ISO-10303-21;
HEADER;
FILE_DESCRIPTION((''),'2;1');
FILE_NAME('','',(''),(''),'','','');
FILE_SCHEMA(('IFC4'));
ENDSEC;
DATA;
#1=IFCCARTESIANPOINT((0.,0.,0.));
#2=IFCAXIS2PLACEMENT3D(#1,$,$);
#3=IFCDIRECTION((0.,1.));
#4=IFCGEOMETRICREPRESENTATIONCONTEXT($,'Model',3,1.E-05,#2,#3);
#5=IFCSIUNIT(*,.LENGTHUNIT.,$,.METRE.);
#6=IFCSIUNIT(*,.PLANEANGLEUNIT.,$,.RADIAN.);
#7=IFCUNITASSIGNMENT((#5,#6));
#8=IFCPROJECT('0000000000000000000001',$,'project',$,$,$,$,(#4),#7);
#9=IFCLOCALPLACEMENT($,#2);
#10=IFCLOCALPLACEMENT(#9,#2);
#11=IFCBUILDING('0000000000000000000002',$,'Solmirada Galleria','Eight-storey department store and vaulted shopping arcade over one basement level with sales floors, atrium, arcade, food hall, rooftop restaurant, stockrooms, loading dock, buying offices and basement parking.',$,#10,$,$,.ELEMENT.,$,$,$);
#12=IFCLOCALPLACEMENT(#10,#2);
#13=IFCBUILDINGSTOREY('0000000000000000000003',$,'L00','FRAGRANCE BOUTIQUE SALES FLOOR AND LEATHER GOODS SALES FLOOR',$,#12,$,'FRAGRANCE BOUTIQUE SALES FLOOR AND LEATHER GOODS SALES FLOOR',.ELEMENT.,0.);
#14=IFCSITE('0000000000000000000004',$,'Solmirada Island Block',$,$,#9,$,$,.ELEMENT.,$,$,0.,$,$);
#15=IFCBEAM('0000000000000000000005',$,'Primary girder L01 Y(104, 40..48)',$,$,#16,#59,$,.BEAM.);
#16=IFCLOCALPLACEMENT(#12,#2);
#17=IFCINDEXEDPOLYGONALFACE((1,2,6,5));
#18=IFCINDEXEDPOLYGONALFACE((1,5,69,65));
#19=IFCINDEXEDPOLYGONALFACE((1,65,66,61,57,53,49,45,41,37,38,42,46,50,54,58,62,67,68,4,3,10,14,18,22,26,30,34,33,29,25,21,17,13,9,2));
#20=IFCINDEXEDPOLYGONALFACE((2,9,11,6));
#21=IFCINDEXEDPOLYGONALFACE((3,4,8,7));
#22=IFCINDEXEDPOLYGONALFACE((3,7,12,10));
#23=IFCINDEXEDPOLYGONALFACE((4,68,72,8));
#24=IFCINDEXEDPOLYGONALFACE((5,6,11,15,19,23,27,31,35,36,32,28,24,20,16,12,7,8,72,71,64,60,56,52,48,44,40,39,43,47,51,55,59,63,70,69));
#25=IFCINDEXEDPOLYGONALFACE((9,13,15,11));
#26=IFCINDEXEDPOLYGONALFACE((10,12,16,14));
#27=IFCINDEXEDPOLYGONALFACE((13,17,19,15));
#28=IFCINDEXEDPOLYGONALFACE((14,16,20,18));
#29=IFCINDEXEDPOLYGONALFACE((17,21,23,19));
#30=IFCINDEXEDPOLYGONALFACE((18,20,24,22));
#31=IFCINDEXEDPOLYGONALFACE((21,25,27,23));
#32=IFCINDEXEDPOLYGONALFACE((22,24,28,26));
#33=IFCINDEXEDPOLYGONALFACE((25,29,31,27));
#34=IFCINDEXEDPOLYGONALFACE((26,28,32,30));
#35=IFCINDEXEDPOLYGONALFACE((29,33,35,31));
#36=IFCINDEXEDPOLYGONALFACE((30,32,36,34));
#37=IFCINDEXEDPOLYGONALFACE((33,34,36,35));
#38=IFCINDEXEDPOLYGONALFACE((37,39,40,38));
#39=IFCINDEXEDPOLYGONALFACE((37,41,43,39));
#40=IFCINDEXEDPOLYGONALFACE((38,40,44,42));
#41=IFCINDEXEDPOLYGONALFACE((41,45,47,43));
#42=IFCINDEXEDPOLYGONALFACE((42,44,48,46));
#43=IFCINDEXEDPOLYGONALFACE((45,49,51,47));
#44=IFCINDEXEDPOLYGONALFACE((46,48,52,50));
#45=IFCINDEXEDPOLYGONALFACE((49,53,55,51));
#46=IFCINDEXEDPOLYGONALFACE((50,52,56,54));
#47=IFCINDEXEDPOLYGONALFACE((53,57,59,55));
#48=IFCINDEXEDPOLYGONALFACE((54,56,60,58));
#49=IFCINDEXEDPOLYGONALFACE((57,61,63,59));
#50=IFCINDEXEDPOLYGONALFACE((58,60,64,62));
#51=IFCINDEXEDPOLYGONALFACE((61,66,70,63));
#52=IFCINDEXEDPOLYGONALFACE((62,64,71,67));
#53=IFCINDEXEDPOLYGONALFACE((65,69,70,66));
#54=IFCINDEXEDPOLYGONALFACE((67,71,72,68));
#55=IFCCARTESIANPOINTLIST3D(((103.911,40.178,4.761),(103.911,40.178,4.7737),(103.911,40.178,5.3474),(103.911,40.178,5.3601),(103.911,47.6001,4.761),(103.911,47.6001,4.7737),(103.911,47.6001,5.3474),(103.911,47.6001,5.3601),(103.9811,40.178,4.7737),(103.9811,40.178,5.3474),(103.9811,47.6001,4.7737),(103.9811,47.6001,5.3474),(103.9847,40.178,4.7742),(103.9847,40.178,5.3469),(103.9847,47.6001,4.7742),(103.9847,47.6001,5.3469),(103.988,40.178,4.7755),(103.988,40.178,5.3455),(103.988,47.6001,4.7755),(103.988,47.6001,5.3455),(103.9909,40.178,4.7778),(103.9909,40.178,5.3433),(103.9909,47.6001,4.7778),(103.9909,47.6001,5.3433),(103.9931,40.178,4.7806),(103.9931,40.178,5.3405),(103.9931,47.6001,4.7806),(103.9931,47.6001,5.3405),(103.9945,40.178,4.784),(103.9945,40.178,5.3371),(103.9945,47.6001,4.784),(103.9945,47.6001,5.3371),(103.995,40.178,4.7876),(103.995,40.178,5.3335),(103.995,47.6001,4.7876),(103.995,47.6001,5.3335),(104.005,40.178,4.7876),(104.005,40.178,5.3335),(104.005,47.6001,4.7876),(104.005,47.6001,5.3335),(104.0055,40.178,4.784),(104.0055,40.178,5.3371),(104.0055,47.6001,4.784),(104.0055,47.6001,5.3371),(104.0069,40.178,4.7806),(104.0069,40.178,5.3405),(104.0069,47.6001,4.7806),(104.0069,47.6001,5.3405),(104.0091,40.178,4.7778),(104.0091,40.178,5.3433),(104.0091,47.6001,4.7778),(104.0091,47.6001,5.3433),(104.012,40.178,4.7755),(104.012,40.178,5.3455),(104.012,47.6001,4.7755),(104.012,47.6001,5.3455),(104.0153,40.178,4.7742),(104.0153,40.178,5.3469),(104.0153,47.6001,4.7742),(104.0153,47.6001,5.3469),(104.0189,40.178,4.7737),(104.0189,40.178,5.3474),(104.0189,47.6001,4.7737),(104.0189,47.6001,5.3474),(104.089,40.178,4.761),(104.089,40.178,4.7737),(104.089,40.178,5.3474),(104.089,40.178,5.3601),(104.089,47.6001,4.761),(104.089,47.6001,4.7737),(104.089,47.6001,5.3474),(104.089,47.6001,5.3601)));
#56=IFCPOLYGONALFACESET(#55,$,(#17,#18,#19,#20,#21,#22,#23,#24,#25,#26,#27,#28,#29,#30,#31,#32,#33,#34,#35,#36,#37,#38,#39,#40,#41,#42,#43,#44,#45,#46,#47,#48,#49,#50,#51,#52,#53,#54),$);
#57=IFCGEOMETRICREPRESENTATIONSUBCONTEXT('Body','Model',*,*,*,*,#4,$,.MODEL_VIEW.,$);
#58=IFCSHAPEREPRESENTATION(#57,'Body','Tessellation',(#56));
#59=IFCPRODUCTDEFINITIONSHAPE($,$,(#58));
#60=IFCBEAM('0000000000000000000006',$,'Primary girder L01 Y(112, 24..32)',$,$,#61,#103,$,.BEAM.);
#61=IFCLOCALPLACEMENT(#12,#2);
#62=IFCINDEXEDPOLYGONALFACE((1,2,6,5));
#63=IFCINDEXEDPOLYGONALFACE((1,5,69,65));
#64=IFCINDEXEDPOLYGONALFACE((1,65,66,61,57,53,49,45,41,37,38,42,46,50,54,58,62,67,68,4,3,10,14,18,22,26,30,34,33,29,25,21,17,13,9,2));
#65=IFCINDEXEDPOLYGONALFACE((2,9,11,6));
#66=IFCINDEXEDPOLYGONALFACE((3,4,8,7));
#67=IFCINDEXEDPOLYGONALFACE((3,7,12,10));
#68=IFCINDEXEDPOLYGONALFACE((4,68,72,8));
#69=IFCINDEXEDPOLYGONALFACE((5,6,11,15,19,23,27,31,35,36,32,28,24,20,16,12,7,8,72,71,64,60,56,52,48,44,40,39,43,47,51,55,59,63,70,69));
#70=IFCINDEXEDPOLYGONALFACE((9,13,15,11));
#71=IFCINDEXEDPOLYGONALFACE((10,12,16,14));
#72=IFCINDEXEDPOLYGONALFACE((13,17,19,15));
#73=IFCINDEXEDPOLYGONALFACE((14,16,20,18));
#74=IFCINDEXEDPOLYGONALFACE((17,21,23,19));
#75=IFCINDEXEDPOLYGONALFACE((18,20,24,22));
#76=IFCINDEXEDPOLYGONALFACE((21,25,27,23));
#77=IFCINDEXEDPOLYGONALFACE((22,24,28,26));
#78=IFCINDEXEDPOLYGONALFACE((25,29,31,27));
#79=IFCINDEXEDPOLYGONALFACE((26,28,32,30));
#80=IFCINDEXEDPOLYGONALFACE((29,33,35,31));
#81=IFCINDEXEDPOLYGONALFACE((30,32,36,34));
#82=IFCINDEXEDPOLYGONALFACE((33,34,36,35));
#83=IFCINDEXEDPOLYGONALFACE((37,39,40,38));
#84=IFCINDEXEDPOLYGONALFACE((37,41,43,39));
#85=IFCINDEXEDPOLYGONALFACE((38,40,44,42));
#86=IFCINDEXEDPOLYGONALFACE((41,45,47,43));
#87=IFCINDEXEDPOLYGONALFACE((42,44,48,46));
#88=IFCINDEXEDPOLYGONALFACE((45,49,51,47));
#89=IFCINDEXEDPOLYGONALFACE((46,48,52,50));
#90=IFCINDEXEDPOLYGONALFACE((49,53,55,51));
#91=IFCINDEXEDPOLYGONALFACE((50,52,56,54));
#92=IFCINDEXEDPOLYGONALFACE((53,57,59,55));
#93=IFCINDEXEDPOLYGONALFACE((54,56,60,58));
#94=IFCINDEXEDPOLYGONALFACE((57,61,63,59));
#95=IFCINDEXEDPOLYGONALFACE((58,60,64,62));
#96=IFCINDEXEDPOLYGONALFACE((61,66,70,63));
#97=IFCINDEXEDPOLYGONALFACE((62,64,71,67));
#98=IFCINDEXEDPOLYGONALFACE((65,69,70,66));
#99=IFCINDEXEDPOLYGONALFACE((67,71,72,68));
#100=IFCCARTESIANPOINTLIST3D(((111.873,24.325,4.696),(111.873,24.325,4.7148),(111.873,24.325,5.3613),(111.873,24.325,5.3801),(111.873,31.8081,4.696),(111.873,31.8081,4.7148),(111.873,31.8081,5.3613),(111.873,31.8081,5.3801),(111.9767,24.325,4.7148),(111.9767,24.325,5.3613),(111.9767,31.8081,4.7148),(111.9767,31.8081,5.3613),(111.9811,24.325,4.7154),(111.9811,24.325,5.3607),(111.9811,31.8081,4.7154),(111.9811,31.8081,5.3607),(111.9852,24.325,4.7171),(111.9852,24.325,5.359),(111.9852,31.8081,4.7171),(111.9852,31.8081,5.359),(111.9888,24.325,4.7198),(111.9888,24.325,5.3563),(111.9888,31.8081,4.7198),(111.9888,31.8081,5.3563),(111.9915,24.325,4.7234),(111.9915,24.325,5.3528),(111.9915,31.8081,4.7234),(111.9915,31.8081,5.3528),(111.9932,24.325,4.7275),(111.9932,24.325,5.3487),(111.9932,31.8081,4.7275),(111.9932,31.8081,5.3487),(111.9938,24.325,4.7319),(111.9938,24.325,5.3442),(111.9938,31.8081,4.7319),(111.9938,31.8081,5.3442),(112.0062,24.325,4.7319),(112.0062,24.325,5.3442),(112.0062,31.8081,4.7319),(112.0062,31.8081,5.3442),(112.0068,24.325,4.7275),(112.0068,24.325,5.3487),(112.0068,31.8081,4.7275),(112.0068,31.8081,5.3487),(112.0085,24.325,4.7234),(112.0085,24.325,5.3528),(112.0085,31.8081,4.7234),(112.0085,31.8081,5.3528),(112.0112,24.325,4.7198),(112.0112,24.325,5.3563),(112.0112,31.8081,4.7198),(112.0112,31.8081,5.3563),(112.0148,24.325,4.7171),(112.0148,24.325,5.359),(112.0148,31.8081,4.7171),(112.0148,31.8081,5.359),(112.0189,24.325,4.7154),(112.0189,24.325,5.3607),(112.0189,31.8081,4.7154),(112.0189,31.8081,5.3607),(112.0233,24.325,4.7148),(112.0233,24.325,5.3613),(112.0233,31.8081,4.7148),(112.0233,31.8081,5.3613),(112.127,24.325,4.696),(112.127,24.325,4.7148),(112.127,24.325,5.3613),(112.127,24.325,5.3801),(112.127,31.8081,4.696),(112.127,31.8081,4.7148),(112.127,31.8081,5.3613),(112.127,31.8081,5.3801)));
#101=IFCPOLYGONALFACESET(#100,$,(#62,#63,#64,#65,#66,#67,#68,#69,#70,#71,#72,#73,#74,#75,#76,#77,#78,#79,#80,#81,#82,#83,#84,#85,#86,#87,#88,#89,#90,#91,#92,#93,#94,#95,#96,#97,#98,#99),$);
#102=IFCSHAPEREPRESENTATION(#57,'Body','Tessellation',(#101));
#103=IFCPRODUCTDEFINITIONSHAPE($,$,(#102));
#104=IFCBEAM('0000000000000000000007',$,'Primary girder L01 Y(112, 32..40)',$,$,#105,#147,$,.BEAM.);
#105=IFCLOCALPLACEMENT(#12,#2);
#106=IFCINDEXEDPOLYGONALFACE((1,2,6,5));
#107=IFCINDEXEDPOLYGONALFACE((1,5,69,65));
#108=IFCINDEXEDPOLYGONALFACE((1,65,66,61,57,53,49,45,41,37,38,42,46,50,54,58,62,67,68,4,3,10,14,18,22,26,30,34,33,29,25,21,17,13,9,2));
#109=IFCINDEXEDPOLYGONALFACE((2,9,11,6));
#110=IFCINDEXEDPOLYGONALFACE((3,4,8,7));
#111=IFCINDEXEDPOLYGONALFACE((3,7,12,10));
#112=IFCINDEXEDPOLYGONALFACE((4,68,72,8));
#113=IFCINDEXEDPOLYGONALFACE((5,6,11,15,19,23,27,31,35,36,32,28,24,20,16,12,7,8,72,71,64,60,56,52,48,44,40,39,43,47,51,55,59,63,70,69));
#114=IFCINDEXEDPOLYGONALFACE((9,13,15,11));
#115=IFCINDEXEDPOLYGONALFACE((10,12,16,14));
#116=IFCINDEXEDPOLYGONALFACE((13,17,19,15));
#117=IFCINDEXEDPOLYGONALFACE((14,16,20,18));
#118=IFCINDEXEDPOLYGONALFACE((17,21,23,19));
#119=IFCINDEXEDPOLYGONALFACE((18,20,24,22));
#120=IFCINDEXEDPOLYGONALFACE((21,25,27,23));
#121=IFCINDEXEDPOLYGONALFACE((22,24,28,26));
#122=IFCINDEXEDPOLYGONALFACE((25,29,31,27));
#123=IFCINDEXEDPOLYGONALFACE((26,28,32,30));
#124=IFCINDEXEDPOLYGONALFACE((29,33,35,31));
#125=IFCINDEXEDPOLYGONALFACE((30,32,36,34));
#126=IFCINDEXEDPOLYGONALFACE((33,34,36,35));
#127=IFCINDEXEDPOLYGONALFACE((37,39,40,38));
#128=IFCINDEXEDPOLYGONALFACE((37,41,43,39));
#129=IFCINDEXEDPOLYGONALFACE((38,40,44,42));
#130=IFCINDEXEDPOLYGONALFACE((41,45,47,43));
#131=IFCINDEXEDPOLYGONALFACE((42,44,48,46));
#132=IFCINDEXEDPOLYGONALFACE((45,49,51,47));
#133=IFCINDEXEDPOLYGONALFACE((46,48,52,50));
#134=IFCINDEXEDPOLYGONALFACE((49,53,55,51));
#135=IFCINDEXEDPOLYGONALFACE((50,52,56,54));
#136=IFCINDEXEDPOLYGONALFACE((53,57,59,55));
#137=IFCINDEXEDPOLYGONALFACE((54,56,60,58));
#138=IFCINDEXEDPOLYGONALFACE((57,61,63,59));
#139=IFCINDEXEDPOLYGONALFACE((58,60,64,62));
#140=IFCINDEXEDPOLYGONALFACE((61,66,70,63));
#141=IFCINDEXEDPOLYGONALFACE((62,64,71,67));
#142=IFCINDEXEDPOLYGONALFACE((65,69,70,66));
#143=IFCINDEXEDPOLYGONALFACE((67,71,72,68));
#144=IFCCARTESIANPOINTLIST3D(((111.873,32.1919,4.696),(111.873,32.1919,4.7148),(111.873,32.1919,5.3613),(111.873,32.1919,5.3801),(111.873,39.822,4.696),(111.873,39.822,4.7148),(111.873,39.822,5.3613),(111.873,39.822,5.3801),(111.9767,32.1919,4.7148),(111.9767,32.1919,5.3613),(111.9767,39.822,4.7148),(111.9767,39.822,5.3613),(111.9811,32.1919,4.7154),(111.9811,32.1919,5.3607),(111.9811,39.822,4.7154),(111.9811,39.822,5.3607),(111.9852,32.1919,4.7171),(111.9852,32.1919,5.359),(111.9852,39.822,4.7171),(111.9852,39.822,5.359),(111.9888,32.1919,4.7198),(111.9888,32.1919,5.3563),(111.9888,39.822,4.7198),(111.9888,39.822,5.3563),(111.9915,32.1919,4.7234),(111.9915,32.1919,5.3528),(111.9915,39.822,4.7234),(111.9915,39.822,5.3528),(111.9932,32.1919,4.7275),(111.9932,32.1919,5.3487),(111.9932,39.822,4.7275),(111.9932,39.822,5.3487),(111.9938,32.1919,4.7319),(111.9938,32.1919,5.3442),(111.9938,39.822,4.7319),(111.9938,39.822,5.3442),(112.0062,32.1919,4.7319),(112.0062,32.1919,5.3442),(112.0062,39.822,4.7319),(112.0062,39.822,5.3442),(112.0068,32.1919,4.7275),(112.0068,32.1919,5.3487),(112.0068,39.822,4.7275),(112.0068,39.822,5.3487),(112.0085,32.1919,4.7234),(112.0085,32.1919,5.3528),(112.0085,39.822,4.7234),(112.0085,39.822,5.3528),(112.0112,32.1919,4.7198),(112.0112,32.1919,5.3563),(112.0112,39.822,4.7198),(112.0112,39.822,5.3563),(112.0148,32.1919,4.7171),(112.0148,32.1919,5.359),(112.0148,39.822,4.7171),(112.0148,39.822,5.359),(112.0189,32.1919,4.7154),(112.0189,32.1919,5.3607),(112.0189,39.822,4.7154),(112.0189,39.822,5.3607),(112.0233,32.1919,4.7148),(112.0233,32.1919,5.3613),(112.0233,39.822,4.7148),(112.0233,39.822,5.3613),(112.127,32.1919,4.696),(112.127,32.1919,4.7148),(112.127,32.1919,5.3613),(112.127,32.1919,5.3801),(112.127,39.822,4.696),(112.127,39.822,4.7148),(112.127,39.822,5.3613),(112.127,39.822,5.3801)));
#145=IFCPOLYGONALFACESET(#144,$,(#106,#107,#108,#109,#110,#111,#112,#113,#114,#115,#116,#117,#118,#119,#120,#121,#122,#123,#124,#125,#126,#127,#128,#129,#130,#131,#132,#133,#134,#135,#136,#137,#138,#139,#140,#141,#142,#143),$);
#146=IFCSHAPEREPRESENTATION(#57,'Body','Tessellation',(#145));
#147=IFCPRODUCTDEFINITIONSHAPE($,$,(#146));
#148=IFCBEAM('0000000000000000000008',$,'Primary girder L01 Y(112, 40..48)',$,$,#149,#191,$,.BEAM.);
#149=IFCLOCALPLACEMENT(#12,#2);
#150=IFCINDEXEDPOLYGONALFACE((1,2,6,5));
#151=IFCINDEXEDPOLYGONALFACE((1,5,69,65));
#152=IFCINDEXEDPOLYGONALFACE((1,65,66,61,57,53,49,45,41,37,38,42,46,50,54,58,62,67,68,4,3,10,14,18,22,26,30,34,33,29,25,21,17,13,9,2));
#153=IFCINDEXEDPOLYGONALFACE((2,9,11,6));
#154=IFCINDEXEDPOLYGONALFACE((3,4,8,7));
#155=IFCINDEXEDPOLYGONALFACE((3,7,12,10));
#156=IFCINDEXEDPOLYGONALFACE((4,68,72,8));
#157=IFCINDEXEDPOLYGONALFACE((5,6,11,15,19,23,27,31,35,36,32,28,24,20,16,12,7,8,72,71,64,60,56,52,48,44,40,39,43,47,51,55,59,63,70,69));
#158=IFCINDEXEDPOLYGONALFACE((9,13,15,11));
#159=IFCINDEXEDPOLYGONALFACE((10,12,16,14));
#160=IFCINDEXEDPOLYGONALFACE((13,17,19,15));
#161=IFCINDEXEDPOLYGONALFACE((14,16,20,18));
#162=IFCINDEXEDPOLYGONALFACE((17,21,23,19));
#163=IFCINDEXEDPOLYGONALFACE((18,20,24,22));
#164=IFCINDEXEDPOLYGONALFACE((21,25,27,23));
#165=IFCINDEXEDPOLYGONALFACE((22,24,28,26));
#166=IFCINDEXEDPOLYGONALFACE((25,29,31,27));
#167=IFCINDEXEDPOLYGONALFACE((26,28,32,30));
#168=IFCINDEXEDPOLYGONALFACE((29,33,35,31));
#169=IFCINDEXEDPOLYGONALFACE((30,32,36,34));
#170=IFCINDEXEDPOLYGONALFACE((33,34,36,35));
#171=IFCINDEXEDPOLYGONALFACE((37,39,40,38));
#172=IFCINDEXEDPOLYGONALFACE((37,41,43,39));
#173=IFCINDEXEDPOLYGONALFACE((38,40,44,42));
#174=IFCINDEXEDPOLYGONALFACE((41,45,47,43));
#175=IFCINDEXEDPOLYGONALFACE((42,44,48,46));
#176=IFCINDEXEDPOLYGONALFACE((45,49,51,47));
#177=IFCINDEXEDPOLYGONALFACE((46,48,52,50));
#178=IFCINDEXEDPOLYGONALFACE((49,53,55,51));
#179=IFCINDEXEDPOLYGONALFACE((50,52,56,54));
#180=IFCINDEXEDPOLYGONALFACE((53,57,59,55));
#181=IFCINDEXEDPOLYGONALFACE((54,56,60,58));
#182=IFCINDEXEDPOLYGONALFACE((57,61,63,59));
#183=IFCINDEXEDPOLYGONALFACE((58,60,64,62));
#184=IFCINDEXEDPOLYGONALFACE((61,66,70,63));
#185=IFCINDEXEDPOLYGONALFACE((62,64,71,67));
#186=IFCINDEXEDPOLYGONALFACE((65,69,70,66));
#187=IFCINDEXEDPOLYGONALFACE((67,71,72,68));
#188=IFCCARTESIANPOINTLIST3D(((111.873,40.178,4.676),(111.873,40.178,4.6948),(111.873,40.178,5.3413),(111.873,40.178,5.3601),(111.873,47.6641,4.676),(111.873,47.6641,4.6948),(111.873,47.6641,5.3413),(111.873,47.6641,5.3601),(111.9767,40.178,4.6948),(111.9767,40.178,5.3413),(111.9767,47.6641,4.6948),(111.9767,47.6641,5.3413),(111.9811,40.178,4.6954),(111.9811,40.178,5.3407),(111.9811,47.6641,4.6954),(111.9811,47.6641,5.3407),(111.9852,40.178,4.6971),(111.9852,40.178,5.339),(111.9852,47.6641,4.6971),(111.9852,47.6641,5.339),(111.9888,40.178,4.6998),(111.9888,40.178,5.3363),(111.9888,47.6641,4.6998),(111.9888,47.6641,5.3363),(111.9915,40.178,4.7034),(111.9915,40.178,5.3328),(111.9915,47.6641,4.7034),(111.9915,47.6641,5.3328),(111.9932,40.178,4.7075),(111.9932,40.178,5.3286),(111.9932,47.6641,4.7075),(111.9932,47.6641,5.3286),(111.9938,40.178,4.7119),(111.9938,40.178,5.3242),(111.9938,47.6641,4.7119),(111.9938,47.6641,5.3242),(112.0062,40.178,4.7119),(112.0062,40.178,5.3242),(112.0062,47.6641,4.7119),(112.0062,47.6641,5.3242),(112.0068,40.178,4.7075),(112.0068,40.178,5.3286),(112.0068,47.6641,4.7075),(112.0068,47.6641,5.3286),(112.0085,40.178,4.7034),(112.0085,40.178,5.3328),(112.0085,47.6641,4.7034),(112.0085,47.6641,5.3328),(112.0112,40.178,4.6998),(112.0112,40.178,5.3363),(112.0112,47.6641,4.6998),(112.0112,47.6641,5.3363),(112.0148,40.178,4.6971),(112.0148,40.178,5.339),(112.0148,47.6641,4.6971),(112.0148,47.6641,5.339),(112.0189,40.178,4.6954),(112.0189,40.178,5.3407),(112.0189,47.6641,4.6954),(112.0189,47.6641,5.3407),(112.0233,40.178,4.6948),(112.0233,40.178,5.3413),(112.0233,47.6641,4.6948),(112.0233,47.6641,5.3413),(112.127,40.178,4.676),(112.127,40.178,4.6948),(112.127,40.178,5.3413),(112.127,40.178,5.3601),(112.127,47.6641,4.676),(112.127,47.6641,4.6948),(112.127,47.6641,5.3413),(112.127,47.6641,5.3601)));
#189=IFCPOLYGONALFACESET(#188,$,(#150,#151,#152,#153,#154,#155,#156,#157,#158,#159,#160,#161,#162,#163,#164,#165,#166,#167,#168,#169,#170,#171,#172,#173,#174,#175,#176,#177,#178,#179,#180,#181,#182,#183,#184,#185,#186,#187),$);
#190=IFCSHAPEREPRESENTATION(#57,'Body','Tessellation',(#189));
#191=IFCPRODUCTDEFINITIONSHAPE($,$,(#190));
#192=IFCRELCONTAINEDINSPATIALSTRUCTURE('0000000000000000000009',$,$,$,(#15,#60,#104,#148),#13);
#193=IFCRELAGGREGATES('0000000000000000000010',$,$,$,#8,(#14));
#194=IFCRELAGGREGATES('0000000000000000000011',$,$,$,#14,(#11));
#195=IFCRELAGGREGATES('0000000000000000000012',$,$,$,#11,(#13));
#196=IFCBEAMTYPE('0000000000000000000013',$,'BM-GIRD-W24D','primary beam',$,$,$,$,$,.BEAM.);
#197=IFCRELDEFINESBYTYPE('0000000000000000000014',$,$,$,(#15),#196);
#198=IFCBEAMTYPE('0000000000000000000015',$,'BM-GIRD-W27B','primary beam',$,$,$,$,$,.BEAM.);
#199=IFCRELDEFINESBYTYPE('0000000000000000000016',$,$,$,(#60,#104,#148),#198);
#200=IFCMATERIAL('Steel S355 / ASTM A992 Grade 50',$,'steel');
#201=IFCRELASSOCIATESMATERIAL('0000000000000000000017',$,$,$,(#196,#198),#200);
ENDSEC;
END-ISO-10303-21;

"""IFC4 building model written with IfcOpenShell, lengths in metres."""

from ifc_helpers import new_model, si_unit, direction, frame, origin, origin_2d, place, context, subcontext, project, spatial, i_section, extrude, material, material_profile, profile_set, type_object, element, save


model = new_model("IFC4")

# Units and contexts
model_context = context("Model", 3, precision=1e-05, world=origin(), true_north=direction((0.0, 1.0)))
body_context = subcontext(model_context, "Body", "Model", "MODEL_VIEW")
ifc_project = project(units=[si_unit("LENGTHUNIT", "METRE"), si_unit("PLANEANGLEUNIT", "RADIAN")], contexts=[model_context])

# Site, building, storey
site_placement = place(None, origin())
site = spatial("IfcSite", under=ifc_project, at=site_placement, Name="Solmirada Island Block", CompositionType="ELEMENT", RefElevation=0.0)
building_placement = place(site_placement, origin())
building = spatial("IfcBuilding", under=site, at=building_placement, Name="Solmirada Galleria", Description="Eight-storey department store and vaulted shopping arcade over one basement level with sales floors, atrium, arcade, food hall, rooftop restaurant, stockrooms, loading dock, buying offices and basement parking.", CompositionType="ELEMENT")
storey_placement = place(building_placement, origin())
storey = spatial("IfcBuildingStorey", under=building, at=storey_placement, Name="L00", Description="FRAGRANCE BOUTIQUE SALES FLOOR AND LEATHER GOODS SALES FLOOR", LongName="FRAGRANCE BOUTIQUE SALES FLOOR AND LEATHER GOODS SALES FLOOR", CompositionType="ELEMENT", Elevation=0.0)

# Beams
ifc_material_1 = material(Name="Steel S355 / ASTM A992 Grade 50", Category="steel")
ifc_material_profile_1 = material_profile(ifc_material_1, i_section(OverallWidth=0.178, OverallDepth=0.5991, WebThickness=0.01, FlangeThickness=0.0127, FilletRadius=0.0139, at=origin_2d()), Name="W24X55")
ifc_profile_set_1 = profile_set([ifc_material_profile_1], Name="Steel S355 / ASTM A992 Grade 50")
beam_type_1 = type_object("IfcBeamType", Name="BM-GIRD-W24D", Description="primary beam", PredefinedType="BEAM", material=ifc_profile_set_1)
beam_1_placement = place(storey_placement, frame((104.0, 40.178, 5.0605), z_axis=(0.0, 1.0, 0.0), x_axis=(-1.0, 0.0, 0.0)))
element("IfcBeam", 1, at=beam_1_placement, inside=storey, type_object=beam_type_1, Name="Primary girder L01 Y(104, 40..48)", PredefinedType="BEAM", context=body_context, shape_type="SweptSolid", body=[
    extrude(i_section(OverallWidth=0.178, OverallDepth=0.5991, WebThickness=0.01, FlangeThickness=0.0127, FilletRadius=0.0139, at=origin_2d()), origin(), (0.0, 0.0, 1.0), 7.4221),
])
ifc_material_profile_2 = material_profile(ifc_material_1, i_section(OverallWidth=0.2539, OverallDepth=0.6841, WebThickness=0.0125, FlangeThickness=0.0188, FilletRadius=0.0171, at=origin_2d()), Name="W27X94")
ifc_profile_set_2 = profile_set([ifc_material_profile_2], Name="Steel S355 / ASTM A992 Grade 50")
beam_type_2 = type_object("IfcBeamType", Name="BM-GIRD-W27B", Description="primary beam", PredefinedType="BEAM", material=ifc_profile_set_2)
beam_2_placement = place(storey_placement, frame((112.0, 24.325, 5.0381), z_axis=(0.0, 1.0, 0.0), x_axis=(-1.0, 0.0, 0.0)))
element("IfcBeam", 2, at=beam_2_placement, inside=storey, type_object=beam_type_2, Name="Primary girder L01 Y(112, 24..32)", PredefinedType="BEAM", context=body_context, shape_type="SweptSolid", body=[
    extrude(i_section(OverallWidth=0.2539, OverallDepth=0.6841, WebThickness=0.0125, FlangeThickness=0.0188, FilletRadius=0.0171, at=origin_2d()), origin(), (0.0, 0.0, 1.0), 7.4832),
])
beam_3_placement = place(storey_placement, frame((112.0, 32.1919, 5.0381), z_axis=(0.0, 1.0, 0.0), x_axis=(-1.0, 0.0, 0.0)))
element("IfcBeam", 3, at=beam_3_placement, inside=storey, type_object=beam_type_2, Name="Primary girder L01 Y(112, 32..40)", PredefinedType="BEAM", context=body_context, shape_type="SweptSolid", body=[
    extrude(i_section(OverallWidth=0.2539, OverallDepth=0.6841, WebThickness=0.0125, FlangeThickness=0.0188, FilletRadius=0.0171, at=origin_2d()), origin(), (0.0, 0.0, 1.0), 7.6301),
])
beam_4_placement = place(storey_placement, frame((112.0, 40.178, 5.0181), z_axis=(0.0, 1.0, 0.0), x_axis=(-1.0, 0.0, 0.0)))
element("IfcBeam", 4, at=beam_4_placement, inside=storey, type_object=beam_type_2, Name="Primary girder L01 Y(112, 40..48)", PredefinedType="BEAM", context=body_context, shape_type="SweptSolid", body=[
    extrude(i_section(OverallWidth=0.2539, OverallDepth=0.6841, WebThickness=0.0125, FlangeThickness=0.0188, FilletRadius=0.0171, at=origin_2d()), origin(), (0.0, 0.0, 1.0), 7.4861),
])

save(model, "model.ifc")
